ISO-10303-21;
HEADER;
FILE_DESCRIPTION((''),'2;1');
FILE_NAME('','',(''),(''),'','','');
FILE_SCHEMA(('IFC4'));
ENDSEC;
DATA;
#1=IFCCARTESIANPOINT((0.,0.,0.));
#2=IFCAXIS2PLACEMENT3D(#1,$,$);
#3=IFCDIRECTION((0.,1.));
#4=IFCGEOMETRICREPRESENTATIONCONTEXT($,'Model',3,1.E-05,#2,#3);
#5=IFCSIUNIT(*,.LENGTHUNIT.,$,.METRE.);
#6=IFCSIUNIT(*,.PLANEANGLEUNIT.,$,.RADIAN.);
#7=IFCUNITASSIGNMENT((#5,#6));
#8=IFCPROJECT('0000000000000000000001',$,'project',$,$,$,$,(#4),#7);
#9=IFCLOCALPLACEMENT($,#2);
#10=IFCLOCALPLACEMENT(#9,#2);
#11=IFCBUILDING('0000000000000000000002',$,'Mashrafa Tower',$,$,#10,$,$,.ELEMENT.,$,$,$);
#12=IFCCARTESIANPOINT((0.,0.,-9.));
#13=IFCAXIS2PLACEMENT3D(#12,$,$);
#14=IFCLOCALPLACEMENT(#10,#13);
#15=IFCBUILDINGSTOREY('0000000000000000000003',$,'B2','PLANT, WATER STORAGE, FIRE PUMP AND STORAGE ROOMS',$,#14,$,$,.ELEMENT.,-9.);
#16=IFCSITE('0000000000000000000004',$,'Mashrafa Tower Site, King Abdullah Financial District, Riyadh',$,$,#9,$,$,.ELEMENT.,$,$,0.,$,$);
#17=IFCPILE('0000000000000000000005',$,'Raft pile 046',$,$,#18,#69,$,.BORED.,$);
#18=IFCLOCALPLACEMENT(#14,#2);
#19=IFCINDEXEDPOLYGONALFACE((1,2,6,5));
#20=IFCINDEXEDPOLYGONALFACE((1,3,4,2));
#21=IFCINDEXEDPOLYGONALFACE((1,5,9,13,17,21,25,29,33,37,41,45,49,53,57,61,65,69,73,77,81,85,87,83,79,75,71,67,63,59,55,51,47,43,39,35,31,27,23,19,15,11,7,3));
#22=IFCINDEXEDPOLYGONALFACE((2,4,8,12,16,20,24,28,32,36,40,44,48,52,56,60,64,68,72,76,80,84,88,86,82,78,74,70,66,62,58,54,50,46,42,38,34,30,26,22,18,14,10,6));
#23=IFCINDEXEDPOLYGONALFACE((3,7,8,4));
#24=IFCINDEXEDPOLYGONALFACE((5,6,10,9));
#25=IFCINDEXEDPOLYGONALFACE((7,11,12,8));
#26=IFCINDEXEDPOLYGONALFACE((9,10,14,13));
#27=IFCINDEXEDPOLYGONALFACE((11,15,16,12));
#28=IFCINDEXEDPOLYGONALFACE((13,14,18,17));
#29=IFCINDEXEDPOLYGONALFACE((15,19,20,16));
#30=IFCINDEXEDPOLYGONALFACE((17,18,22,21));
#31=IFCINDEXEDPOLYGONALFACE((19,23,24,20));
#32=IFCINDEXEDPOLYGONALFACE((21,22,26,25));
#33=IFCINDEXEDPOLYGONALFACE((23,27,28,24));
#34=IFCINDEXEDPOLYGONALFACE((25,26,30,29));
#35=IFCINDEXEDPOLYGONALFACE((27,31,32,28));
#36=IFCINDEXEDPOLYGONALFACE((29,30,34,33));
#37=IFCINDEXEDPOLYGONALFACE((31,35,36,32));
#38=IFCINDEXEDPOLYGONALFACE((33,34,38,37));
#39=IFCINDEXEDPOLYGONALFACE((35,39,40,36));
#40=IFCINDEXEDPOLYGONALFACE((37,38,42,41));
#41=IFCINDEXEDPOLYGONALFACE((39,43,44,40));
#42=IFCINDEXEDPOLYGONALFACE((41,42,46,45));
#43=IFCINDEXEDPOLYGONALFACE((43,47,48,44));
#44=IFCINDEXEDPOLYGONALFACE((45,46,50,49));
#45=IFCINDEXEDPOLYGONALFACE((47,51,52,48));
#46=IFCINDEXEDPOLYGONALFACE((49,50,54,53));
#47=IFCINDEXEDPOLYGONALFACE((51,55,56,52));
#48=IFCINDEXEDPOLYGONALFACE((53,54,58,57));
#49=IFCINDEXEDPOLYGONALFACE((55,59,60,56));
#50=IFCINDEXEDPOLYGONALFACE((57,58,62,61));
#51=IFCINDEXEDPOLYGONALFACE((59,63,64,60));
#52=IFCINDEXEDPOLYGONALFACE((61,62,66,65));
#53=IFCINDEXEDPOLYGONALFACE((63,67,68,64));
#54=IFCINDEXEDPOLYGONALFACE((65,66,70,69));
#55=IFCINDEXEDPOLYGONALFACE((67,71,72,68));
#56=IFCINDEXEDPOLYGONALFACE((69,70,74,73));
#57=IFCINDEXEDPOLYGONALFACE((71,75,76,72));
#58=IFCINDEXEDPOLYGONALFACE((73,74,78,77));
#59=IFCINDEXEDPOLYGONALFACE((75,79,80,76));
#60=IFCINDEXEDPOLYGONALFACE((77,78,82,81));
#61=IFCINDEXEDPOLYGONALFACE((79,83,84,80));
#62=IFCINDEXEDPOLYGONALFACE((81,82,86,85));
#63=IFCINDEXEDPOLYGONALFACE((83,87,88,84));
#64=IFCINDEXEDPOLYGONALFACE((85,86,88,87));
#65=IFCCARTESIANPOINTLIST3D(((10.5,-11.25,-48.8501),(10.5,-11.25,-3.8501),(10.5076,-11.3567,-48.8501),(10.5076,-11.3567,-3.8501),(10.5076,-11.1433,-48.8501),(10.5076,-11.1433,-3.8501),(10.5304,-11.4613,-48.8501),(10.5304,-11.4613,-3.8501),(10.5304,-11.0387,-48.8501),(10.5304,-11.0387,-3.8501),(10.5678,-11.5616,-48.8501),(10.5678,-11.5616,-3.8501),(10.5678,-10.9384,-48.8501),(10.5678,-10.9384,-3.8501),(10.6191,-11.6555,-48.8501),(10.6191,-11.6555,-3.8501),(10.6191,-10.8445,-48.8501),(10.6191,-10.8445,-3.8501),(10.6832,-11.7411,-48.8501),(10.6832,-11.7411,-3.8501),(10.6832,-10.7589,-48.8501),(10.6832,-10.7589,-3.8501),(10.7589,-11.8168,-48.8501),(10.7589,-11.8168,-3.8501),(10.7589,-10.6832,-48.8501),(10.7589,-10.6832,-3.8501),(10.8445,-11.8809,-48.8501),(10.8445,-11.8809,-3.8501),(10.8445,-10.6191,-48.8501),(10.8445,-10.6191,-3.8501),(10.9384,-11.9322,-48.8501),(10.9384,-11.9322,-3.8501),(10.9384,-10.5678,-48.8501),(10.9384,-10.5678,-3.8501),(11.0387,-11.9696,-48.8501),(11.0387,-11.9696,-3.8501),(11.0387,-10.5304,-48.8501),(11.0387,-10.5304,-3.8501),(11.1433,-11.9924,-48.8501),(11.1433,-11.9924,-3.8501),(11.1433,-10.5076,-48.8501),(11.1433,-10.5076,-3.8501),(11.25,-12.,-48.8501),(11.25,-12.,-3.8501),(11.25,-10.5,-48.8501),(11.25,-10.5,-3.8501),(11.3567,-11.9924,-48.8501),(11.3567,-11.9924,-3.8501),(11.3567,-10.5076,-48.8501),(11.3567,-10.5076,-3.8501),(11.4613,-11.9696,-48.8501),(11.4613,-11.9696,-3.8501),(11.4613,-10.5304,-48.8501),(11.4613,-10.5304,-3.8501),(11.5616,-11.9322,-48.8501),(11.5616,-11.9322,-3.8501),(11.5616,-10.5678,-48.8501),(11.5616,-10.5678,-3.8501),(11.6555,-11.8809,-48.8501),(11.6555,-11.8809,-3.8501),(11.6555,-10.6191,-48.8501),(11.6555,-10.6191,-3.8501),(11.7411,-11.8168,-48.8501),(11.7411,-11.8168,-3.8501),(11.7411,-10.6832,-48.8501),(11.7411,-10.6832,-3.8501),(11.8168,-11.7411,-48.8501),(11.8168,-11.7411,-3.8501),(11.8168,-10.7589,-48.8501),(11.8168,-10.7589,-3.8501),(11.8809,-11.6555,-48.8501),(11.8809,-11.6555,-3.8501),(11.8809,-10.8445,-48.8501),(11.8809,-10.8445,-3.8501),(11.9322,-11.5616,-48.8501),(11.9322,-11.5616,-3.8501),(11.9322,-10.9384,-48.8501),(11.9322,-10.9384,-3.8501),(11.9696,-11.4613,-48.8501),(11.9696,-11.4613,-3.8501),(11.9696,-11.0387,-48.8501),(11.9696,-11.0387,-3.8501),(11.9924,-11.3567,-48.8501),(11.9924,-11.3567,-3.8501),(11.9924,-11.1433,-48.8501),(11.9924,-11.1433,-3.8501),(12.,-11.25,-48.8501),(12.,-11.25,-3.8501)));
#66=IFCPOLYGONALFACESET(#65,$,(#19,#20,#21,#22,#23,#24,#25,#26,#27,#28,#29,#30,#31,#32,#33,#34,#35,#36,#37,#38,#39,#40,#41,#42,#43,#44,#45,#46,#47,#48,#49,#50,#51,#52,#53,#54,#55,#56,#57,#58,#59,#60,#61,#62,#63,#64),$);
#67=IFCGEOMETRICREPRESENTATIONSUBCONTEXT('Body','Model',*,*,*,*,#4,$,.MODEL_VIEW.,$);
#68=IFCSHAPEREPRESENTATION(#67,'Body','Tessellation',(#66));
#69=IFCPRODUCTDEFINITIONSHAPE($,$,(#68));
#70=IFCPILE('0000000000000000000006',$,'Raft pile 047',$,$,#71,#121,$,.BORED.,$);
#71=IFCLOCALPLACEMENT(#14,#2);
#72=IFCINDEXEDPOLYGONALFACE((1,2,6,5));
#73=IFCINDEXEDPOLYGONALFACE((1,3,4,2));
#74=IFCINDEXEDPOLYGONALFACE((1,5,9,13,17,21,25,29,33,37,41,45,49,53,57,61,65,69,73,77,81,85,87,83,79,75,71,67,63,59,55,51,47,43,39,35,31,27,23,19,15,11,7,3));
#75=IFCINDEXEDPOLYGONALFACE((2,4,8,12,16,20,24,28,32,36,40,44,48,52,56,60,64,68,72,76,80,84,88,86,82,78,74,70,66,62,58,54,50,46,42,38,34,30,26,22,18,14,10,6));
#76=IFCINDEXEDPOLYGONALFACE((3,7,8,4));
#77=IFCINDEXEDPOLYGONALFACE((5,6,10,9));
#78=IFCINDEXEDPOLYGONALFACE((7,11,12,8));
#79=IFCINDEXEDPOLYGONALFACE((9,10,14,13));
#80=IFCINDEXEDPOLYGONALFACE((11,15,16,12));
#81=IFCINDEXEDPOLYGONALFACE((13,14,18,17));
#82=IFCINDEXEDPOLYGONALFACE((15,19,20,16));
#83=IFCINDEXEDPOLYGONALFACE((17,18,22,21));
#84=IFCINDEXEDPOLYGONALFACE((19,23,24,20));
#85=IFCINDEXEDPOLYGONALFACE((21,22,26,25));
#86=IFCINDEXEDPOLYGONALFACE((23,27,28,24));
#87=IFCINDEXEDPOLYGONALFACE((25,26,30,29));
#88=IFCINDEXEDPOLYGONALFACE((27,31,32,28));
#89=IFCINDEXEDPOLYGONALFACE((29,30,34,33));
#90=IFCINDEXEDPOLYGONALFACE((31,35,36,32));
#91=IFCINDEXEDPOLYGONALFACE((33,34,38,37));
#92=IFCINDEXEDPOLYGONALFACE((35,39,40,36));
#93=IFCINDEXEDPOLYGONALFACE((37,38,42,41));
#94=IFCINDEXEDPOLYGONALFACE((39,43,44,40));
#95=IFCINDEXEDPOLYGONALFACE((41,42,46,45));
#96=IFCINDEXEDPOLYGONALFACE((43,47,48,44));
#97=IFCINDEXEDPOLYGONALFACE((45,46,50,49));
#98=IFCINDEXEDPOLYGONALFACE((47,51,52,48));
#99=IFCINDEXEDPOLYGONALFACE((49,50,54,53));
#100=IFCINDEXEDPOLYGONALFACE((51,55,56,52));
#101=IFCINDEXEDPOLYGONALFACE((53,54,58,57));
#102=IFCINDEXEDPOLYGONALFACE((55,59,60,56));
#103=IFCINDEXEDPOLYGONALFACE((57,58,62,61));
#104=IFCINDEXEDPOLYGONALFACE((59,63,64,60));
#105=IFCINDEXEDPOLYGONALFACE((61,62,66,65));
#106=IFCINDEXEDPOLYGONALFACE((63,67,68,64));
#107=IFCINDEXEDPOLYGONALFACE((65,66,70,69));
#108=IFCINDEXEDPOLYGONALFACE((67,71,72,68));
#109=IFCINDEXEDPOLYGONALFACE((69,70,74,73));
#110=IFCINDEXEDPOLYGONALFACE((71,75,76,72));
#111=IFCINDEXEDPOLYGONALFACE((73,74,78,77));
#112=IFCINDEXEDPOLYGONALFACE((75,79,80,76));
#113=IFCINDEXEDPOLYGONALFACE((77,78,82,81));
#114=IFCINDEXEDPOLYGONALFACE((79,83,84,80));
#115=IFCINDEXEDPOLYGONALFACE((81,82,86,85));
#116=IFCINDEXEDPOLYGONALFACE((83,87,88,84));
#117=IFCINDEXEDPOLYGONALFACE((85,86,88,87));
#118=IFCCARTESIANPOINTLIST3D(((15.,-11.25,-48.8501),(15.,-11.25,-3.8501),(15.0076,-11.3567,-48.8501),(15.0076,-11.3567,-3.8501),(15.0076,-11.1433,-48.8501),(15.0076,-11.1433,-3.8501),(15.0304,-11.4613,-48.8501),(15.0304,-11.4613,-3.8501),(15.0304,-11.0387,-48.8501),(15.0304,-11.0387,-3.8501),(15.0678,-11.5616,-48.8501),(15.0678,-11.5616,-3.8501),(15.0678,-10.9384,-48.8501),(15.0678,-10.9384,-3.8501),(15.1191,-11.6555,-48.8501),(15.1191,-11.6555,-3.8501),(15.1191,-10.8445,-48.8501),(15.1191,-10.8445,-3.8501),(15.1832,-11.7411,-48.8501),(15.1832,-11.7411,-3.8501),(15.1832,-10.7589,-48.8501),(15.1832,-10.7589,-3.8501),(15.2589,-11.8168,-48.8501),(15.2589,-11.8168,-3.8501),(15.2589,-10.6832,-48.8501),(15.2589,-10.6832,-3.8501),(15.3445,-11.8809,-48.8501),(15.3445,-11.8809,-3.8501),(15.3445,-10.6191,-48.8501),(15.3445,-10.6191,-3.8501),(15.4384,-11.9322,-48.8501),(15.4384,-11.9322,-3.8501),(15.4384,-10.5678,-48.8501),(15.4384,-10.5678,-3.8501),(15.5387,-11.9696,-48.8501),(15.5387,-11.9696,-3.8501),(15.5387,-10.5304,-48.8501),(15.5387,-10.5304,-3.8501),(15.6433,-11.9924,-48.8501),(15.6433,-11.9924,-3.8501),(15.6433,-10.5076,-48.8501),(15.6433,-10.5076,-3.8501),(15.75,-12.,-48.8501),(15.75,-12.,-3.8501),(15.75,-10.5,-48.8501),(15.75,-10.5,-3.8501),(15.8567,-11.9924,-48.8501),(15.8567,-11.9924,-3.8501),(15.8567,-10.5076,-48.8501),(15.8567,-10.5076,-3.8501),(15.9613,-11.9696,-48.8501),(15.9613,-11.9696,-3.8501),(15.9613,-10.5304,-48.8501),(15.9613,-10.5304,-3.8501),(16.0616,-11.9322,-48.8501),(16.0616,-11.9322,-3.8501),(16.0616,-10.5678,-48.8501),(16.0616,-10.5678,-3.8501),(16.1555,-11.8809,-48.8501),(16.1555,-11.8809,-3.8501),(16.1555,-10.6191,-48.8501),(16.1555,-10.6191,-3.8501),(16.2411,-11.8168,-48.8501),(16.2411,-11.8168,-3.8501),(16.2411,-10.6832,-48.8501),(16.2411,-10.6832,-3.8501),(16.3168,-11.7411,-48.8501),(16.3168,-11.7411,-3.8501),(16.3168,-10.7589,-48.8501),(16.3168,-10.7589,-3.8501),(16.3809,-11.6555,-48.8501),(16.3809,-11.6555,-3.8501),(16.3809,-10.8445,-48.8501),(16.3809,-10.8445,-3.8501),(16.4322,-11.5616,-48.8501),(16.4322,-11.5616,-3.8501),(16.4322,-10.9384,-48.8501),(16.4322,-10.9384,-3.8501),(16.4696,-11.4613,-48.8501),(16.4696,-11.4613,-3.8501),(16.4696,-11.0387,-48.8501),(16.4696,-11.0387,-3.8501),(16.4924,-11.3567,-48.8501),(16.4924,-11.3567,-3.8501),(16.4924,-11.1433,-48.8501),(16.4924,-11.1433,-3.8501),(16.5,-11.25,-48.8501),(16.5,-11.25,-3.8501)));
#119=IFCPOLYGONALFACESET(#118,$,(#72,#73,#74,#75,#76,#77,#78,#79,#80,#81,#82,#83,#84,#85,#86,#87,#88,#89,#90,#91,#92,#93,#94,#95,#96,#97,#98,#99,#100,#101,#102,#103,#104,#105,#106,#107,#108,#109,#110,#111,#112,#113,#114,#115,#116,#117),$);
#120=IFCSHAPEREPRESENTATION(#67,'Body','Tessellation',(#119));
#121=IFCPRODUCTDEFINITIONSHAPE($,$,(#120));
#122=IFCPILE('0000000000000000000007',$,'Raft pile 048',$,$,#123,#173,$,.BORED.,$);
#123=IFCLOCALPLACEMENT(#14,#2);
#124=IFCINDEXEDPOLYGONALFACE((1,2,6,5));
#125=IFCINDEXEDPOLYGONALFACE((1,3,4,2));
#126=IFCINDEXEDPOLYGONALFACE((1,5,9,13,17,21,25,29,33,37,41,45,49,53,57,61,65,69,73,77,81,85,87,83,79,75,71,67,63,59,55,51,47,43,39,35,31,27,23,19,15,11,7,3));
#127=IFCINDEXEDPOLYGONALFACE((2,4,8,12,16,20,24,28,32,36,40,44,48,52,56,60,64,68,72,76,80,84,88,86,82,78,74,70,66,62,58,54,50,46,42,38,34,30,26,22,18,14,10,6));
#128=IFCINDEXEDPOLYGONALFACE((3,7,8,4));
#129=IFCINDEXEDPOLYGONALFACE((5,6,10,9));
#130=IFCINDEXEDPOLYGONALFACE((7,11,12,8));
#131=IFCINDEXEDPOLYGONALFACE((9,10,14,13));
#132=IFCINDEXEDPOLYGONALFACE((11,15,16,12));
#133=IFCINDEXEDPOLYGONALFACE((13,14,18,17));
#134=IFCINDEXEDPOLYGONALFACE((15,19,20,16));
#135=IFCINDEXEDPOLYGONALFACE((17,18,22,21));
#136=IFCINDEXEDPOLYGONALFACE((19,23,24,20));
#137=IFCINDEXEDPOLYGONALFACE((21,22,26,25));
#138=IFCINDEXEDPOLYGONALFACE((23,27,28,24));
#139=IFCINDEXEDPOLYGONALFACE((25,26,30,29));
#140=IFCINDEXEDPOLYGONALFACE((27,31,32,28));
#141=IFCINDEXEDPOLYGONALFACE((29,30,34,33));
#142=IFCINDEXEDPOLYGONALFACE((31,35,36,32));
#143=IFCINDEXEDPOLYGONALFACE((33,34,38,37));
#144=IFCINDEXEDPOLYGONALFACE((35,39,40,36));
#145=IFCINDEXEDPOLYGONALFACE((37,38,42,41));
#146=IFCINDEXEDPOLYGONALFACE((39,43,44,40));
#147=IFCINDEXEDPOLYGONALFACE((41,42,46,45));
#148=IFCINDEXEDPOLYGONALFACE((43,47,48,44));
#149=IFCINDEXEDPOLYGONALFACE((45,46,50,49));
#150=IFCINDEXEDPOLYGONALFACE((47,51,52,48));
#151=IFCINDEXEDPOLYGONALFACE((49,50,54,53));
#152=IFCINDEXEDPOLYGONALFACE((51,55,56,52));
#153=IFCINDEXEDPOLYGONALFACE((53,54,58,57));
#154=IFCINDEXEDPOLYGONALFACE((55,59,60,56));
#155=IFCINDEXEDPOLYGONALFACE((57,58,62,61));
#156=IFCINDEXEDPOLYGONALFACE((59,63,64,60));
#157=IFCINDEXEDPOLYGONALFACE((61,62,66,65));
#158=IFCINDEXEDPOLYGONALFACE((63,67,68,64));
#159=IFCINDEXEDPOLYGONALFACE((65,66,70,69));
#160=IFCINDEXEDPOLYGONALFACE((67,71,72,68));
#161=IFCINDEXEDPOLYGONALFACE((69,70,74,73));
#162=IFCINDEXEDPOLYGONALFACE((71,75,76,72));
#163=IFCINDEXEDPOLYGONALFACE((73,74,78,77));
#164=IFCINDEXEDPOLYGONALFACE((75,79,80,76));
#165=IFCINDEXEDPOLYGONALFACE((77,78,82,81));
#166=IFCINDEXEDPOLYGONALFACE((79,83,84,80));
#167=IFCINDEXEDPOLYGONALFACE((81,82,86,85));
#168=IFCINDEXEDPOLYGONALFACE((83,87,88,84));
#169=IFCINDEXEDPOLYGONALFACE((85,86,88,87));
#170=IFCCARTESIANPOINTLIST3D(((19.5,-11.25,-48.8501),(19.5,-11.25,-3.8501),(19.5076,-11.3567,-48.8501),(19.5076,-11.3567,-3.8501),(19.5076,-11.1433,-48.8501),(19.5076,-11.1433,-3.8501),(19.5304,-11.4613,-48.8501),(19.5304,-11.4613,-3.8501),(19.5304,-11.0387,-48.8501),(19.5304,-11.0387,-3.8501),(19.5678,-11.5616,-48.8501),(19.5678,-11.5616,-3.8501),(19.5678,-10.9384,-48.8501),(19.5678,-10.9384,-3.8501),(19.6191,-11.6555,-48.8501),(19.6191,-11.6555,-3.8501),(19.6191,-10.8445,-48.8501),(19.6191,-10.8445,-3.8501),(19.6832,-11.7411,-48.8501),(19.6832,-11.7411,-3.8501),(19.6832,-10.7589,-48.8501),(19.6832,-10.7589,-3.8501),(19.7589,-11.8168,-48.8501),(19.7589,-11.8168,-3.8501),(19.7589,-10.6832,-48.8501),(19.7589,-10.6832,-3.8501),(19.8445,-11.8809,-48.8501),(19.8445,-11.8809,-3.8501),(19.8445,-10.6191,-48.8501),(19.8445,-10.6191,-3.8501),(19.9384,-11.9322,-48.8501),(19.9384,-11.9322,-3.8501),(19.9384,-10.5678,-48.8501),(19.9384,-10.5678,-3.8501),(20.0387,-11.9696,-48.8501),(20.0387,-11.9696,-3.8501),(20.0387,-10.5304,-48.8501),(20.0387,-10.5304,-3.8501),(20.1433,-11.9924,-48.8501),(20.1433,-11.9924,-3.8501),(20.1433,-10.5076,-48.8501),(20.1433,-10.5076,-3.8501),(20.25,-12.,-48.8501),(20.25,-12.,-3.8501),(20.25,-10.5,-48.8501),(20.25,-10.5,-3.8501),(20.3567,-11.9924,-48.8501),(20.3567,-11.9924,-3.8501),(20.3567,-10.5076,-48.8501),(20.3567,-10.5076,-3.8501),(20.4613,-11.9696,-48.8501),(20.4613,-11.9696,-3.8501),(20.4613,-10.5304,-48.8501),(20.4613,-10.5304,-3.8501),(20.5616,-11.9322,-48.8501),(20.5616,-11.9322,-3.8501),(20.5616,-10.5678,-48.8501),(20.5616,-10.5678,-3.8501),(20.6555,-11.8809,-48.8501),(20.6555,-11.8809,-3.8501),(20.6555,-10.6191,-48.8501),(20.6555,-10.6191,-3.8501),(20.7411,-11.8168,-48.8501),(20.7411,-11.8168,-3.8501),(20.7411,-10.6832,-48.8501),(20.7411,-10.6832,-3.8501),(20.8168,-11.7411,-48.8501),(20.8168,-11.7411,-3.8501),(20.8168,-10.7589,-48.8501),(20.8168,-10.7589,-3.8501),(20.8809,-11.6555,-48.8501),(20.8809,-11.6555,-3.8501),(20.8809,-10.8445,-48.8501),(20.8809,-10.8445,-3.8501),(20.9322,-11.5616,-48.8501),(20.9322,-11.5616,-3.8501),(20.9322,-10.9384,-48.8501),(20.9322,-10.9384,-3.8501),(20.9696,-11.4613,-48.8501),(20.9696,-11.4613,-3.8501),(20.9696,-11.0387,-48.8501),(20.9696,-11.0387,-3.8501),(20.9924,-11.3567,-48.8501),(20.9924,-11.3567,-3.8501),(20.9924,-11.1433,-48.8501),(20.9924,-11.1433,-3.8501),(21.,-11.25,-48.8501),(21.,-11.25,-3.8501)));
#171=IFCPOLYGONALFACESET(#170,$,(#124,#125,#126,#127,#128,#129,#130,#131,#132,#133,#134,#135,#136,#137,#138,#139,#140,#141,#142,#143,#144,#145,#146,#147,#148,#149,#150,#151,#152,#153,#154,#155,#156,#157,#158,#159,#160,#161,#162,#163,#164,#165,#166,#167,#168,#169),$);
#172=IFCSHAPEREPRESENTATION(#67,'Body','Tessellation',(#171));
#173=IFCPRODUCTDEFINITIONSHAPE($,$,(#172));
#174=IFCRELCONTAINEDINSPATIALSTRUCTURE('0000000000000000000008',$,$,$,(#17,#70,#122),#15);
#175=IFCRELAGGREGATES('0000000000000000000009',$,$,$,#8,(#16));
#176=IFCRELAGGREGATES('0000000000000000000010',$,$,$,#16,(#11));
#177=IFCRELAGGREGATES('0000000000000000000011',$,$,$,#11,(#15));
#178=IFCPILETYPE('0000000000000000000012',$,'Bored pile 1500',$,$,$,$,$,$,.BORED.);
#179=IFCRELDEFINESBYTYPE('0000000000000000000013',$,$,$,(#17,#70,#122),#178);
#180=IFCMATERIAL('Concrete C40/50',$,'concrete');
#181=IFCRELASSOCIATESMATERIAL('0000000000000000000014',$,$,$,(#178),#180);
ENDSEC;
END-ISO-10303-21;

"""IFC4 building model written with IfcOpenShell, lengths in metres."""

from ifc_helpers import new_model, si_unit, direction, frame, origin, origin_2d, place, context, subcontext, project, spatial, circle, extrude, material, material_profile, profile_set, type_object, element, save


model = new_model("IFC4")

# Units and contexts
model_context = context("Model", 3, precision=1e-05, world=origin(), true_north=direction((0.0, 1.0)))
body_context = subcontext(model_context, "Body", "Model", "MODEL_VIEW")
ifc_project = project(units=[si_unit("LENGTHUNIT", "METRE"), si_unit("PLANEANGLEUNIT", "RADIAN")], contexts=[model_context])

# Site, building, storey
site_placement = place(None, origin())
site = spatial("IfcSite", under=ifc_project, at=site_placement, Name="Mashrafa Tower Site, King Abdullah Financial District, Riyadh", CompositionType="ELEMENT", RefElevation=0.0)
building_placement = place(site_placement, origin())
building = spatial("IfcBuilding", under=site, at=building_placement, Name="Mashrafa Tower", CompositionType="ELEMENT")
storey_placement = place(building_placement, frame((0.0, 0.0, -9.0)))
storey = spatial("IfcBuildingStorey", under=building, at=storey_placement, Name="B2", Description="PLANT, WATER STORAGE, FIRE PUMP AND STORAGE ROOMS", CompositionType="ELEMENT", Elevation=-9.0)

# Piles
ifc_material_1 = material(Name="Concrete C40/50", Category="concrete")
ifc_material_profile_1 = material_profile(ifc_material_1, circle(Radius=0.75, at=origin_2d()), Name="1500 DIA")
ifc_profile_set_1 = profile_set([ifc_material_profile_1], Name="Concrete C40/50")
pile_type_1 = type_object("IfcPileType", Name="Bored pile 1500", PredefinedType="BORED", material=ifc_profile_set_1)
for number, where, z_axis, x_axis, name in (
    (1, (11.25, -11.25, -3.8501), (0.0, 0.0, -1.0), (1.0, 0.0, 0.0), "Raft pile 046"),
    (2, (15.75, -11.25, -3.8501), (0.0, 0.0, -1.0), (1.0, 0.0, 0.0), "Raft pile 047"),
    (3, (20.25, -11.25, -3.8501), (0.0, 0.0, -1.0), (1.0, 0.0, 0.0), "Raft pile 048"),
):
    element("IfcPile", number, at=place(storey_placement, frame(where, z_axis=z_axis, x_axis=x_axis)), inside=storey, type_object=pile_type_1, Name=name, PredefinedType="BORED", context=body_context, shape_type="SweptSolid", body=[
        extrude(circle(Radius=0.75, at=origin_2d()), origin(), (0.0, 0.0, 1.0), 45.0),
    ])

save(model, "model.ifc")
